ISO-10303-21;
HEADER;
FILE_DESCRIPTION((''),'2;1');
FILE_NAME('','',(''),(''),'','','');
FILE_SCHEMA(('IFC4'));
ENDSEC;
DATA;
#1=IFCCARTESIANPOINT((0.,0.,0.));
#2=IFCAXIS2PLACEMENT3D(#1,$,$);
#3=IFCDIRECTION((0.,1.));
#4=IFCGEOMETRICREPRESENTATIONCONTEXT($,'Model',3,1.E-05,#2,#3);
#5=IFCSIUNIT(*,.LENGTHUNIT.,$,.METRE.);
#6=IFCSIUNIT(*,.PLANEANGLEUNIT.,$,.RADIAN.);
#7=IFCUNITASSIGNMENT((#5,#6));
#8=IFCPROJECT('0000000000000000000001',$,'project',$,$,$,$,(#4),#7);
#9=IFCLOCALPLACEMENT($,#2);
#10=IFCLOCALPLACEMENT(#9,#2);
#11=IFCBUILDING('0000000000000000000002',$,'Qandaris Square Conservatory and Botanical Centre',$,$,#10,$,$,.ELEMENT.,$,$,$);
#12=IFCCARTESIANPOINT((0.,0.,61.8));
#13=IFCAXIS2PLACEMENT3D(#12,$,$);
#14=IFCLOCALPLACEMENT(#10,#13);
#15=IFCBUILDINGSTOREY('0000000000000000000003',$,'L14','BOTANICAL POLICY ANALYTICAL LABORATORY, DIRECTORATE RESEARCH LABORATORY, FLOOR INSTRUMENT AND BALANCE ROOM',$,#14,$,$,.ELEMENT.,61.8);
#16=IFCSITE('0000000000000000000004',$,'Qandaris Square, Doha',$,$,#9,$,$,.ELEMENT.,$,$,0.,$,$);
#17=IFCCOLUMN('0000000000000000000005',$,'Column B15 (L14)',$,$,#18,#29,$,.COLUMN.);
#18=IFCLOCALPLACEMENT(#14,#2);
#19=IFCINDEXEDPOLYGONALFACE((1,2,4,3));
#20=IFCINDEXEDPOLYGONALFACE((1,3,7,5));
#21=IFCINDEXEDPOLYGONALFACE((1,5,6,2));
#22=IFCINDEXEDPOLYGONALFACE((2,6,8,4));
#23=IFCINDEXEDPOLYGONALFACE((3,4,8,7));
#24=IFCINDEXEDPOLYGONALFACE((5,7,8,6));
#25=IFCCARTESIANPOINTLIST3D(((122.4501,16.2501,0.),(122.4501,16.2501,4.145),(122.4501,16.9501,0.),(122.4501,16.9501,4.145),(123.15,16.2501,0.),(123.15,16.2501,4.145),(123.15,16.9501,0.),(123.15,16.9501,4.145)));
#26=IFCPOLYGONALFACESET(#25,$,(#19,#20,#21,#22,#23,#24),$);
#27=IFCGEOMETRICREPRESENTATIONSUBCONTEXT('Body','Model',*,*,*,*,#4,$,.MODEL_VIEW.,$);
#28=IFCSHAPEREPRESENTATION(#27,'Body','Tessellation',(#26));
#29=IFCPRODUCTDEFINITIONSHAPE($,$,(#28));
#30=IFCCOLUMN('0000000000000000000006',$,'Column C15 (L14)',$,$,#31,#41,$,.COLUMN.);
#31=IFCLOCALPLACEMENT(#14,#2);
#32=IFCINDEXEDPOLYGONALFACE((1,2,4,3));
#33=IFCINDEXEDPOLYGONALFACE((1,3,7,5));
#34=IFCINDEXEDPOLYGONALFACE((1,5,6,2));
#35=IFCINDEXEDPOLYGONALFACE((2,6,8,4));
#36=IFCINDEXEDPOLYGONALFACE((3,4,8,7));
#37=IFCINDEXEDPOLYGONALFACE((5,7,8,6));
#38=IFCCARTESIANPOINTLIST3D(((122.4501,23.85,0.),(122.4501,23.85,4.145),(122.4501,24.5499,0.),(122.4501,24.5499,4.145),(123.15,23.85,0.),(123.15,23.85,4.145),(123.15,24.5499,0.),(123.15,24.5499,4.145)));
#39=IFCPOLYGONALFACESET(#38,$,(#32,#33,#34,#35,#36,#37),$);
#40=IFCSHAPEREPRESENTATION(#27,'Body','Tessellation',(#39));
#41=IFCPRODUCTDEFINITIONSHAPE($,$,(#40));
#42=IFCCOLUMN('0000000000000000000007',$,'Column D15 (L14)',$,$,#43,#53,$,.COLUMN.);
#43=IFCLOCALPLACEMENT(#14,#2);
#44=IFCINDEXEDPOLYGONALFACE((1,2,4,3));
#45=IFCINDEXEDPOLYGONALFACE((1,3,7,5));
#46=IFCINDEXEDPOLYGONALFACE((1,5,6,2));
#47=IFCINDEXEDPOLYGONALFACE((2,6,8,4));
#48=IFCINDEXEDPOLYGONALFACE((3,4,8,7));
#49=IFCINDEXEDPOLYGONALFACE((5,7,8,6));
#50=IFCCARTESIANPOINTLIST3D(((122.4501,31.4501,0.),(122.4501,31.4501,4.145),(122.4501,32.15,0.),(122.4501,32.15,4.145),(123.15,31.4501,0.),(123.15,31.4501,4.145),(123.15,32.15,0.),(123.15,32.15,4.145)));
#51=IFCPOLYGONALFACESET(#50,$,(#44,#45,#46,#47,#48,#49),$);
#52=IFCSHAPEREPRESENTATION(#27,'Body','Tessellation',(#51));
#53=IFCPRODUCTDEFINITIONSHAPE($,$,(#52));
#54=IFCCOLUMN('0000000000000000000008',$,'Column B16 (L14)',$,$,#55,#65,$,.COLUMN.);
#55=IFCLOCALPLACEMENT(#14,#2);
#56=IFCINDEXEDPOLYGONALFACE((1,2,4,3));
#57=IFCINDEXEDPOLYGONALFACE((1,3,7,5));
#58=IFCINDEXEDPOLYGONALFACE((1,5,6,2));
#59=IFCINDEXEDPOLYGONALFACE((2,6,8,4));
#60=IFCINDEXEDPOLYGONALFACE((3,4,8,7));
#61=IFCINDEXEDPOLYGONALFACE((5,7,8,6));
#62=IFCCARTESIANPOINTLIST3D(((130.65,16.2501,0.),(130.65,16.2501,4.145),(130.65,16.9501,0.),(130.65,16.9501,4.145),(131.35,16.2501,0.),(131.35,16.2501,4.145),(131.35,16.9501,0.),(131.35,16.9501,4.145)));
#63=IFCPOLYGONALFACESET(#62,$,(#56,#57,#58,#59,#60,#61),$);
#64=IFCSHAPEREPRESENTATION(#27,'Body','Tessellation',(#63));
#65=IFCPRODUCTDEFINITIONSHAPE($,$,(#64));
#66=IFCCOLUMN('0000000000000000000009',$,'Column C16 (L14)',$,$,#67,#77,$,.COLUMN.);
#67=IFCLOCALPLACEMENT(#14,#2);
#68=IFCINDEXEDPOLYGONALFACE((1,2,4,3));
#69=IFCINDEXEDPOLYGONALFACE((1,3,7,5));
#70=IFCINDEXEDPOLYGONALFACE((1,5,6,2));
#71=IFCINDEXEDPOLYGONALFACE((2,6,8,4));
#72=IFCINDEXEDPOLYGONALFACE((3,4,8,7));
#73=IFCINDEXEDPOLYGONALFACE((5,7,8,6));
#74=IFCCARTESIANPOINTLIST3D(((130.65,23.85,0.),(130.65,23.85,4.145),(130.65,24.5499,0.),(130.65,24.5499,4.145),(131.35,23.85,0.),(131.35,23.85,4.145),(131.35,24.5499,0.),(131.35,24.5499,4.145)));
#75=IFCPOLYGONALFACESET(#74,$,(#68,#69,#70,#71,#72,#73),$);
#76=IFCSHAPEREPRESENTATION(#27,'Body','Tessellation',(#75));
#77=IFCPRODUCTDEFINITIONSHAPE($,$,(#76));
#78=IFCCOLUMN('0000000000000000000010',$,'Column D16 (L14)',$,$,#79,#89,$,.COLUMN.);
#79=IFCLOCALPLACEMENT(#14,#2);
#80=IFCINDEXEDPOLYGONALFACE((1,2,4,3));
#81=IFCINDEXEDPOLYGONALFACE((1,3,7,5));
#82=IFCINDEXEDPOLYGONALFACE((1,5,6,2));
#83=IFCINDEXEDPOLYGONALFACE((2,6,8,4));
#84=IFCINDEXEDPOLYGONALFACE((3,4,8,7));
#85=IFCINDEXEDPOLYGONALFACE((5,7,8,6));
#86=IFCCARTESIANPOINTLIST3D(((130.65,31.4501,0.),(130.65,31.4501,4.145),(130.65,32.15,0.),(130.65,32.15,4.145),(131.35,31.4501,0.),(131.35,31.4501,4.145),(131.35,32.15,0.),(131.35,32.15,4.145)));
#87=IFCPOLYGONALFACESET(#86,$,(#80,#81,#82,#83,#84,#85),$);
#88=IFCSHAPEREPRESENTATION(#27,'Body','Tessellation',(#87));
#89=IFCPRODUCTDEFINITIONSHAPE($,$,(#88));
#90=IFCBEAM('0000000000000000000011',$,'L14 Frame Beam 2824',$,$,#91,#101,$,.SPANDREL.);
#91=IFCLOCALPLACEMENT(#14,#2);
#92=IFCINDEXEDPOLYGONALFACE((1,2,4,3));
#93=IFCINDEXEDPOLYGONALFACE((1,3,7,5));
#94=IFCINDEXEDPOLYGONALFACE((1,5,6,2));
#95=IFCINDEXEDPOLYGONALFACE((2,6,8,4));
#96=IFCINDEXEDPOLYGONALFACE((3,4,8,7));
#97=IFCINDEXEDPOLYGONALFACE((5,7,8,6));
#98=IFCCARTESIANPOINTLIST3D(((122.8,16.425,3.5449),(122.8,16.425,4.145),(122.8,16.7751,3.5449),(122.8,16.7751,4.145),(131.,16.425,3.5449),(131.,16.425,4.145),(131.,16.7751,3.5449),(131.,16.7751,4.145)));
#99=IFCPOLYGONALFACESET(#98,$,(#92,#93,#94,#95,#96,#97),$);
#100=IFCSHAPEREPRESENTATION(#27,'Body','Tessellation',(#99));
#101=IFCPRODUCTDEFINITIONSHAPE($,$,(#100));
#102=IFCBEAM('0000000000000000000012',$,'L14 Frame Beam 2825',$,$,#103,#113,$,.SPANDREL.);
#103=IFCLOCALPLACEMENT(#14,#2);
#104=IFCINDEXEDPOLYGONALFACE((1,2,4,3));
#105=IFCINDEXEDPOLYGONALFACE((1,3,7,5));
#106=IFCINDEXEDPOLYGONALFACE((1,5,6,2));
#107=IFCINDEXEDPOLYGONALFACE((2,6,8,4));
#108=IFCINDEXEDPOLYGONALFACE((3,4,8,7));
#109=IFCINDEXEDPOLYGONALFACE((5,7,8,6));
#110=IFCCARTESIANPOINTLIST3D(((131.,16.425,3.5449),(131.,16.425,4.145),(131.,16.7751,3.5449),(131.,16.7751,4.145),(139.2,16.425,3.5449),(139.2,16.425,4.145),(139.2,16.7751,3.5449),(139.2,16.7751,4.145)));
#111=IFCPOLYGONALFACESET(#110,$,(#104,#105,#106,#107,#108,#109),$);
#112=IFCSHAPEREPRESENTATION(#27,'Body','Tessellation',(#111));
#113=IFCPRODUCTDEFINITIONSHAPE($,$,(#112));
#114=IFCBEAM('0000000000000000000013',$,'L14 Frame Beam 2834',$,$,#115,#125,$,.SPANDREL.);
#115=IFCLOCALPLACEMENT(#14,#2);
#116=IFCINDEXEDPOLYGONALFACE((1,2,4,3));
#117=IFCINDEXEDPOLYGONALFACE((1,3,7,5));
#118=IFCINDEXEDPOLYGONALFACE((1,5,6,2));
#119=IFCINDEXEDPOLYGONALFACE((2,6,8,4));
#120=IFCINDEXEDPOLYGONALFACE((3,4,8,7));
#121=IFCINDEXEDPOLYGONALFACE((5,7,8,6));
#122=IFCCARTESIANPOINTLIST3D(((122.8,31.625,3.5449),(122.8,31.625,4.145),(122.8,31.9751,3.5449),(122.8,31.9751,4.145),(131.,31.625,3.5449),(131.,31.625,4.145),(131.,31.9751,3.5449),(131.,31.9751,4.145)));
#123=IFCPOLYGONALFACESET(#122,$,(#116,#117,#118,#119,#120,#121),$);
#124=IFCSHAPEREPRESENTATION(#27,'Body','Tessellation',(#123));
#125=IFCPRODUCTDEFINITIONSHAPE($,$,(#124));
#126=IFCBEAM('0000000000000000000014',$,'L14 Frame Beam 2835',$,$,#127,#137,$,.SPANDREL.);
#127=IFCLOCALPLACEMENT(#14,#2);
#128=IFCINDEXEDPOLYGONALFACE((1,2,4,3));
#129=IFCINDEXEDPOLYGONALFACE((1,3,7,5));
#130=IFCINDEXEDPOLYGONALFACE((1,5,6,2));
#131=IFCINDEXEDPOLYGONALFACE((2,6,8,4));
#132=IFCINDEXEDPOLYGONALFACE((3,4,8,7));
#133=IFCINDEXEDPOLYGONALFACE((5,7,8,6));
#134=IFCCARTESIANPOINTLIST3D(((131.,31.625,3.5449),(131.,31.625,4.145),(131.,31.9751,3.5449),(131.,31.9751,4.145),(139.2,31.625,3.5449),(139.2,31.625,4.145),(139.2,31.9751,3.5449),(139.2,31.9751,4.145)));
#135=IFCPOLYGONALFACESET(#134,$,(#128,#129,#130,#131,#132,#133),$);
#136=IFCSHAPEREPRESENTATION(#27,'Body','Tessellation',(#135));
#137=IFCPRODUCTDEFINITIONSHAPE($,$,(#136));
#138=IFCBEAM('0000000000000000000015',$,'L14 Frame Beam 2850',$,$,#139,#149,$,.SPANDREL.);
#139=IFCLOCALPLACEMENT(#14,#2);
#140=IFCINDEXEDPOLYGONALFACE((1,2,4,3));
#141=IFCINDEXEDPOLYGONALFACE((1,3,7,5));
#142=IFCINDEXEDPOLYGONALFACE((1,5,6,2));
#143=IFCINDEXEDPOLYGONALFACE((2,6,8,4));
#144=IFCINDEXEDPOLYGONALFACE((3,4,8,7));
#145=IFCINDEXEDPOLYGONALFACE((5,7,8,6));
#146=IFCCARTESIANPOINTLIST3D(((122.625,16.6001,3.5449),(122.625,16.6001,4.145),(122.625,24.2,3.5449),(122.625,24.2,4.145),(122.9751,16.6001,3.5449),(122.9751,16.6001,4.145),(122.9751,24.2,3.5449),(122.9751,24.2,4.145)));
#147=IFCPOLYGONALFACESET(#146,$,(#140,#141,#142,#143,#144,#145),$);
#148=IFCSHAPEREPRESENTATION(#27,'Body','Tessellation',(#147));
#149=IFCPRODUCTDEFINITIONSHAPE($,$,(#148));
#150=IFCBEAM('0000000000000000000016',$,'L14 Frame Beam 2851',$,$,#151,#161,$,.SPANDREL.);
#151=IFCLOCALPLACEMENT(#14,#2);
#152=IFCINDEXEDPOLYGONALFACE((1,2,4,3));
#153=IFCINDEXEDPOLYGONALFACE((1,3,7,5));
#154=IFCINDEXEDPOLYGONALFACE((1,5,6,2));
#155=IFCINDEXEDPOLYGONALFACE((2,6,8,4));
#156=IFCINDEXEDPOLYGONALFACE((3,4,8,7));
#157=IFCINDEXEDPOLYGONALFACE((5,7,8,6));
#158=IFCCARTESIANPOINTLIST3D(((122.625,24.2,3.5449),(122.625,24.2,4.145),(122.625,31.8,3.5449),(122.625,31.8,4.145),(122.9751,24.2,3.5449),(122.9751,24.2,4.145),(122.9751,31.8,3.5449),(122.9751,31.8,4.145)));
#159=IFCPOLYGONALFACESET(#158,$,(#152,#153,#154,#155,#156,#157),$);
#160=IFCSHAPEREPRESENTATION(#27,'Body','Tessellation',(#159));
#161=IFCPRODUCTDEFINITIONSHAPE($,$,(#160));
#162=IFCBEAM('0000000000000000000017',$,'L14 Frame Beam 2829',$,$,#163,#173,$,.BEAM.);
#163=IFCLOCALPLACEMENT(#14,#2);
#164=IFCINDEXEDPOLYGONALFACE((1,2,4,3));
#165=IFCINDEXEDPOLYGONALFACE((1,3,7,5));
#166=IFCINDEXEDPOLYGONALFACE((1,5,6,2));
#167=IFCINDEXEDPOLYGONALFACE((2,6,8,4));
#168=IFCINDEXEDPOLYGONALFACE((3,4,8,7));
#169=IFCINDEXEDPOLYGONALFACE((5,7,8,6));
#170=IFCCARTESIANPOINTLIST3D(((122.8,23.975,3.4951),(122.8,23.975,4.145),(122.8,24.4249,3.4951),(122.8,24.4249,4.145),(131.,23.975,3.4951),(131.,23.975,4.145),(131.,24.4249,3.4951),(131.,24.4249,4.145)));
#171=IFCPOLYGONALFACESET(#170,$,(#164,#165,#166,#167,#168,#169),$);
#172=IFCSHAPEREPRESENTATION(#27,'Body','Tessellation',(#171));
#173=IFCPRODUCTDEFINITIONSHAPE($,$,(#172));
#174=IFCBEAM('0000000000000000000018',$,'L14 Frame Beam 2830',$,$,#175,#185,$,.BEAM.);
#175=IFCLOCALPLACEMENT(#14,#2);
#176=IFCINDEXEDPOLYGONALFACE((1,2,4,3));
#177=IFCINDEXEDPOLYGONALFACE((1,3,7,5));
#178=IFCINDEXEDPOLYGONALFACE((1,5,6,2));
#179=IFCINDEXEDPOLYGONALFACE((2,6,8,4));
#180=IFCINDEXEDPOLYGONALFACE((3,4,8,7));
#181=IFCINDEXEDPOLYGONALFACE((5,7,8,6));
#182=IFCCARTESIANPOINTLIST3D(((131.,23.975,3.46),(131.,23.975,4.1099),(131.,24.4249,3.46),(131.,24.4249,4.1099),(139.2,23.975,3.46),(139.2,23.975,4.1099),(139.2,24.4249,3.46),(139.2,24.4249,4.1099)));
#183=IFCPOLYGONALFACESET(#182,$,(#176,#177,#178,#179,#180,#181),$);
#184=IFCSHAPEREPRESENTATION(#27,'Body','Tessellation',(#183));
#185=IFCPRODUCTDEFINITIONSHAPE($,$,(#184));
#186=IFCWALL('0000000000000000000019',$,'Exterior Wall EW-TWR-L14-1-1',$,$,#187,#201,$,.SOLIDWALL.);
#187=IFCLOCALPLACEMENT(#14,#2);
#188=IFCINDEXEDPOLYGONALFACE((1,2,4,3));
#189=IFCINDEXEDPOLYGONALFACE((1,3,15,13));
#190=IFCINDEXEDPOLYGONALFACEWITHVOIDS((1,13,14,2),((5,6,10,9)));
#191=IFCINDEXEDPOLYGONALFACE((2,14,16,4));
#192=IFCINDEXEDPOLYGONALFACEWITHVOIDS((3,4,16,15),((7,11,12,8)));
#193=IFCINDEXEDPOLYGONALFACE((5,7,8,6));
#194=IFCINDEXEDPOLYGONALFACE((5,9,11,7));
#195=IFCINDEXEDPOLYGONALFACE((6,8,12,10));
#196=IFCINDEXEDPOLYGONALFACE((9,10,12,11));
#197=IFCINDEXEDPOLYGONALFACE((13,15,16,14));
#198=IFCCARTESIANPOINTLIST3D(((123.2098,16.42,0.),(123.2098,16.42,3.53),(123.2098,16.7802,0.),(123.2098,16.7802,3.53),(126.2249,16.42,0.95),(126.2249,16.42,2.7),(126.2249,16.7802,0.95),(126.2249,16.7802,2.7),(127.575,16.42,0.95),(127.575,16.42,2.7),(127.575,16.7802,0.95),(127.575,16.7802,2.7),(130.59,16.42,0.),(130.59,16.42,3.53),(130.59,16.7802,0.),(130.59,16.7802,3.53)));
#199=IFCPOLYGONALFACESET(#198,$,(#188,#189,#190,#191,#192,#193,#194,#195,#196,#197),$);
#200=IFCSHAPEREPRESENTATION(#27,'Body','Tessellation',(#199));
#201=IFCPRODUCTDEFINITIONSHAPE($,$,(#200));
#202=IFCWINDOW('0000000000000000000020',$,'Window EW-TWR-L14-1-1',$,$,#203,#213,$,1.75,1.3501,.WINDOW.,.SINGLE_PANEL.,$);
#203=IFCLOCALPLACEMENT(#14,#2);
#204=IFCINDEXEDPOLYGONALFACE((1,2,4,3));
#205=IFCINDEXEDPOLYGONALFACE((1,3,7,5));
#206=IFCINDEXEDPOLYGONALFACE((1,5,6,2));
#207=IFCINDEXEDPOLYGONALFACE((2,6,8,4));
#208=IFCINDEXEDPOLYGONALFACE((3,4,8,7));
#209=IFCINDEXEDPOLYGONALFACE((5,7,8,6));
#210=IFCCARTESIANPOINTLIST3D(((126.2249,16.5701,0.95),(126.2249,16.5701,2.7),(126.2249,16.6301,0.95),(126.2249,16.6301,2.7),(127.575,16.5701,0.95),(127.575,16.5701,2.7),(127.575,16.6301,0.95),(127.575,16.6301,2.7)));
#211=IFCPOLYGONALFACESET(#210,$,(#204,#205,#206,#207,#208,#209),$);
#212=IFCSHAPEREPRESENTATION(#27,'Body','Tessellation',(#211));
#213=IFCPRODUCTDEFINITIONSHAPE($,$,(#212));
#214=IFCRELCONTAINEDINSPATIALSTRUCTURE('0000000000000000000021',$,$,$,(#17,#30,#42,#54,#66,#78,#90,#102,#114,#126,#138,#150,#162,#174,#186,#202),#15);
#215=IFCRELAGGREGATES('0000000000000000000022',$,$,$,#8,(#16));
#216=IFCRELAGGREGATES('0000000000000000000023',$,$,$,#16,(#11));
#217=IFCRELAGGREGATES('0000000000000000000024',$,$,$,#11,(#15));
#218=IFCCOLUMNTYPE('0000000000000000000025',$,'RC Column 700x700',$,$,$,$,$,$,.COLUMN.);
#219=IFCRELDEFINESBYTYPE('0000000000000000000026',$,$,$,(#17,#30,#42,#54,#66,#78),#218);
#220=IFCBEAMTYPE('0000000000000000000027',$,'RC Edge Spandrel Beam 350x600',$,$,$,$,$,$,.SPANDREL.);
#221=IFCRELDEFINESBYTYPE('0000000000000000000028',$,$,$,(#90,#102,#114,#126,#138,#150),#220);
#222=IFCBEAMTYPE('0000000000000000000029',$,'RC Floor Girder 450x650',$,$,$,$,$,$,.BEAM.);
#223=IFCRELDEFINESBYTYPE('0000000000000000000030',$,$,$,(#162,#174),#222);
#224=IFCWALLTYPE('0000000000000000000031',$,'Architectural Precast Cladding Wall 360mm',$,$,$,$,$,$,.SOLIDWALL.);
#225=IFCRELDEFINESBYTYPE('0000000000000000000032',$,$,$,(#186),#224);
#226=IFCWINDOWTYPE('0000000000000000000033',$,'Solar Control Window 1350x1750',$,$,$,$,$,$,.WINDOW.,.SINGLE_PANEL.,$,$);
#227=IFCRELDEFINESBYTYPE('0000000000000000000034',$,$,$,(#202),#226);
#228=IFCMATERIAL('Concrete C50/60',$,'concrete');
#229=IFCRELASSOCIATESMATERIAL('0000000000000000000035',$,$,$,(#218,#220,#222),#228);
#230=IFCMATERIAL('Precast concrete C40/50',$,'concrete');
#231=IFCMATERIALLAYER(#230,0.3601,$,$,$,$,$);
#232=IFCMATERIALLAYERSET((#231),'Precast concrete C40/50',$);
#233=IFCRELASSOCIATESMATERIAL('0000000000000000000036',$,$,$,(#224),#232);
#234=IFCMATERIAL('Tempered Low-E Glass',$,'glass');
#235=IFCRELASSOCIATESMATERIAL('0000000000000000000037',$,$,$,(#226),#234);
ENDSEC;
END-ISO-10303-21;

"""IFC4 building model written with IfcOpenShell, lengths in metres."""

from ifc_helpers import new_model, si_unit, direction, frame, frame_2d, origin, origin_2d, place, context, subcontext, project, spatial, rectangle, extrude, material, layer, layer_set, material_profile, profile_set, type_object, element, fill, save


model = new_model("IFC4")

# Units and contexts
model_context = context("Model", 3, precision=1e-05, world=origin(), true_north=direction((0.0, 1.0)))
body_context = subcontext(model_context, "Body", "Model", "MODEL_VIEW")
ifc_project = project(units=[si_unit("LENGTHUNIT", "METRE"), si_unit("PLANEANGLEUNIT", "RADIAN")], contexts=[model_context])

# Site, building, storey
site_placement = place(None, origin())
site = spatial("IfcSite", under=ifc_project, at=site_placement, Name="Qandaris Square, Doha", CompositionType="ELEMENT", RefElevation=0.0)
building_placement = place(site_placement, origin())
building = spatial("IfcBuilding", under=site, at=building_placement, Name="Qandaris Square Conservatory and Botanical Centre", CompositionType="ELEMENT")
storey_placement = place(building_placement, frame((0.0, 0.0, 61.8)))
storey = spatial("IfcBuildingStorey", under=building, at=storey_placement, Name="L14", Description="BOTANICAL POLICY ANALYTICAL LABORATORY, DIRECTORATE RESEARCH LABORATORY, FLOOR INSTRUMENT AND BALANCE ROOM", CompositionType="ELEMENT", Elevation=61.8)

# Columns
ifc_material_1 = material(Name="Concrete C50/60", Category="concrete")
ifc_material_profile_1 = material_profile(ifc_material_1, rectangle(XDim=0.7, YDim=0.7, at=origin_2d()), Name="RC-COL 700x700")
ifc_profile_set_1 = profile_set([ifc_material_profile_1], Name="Concrete C50/60")
column_type = type_object("IfcColumnType", Name="RC Column 700x700", PredefinedType="COLUMN", material=ifc_profile_set_1)
for number, where, z_axis, x_axis, name in (
    (1, (122.8, 16.6001, 0.0), (0.0, 0.0, 1.0), (1.0, 0.0, 0.0), "Column B15 (L14)"),
    (2, (122.8, 24.2, 0.0), (0.0, 0.0, 1.0), (1.0, 0.0, 0.0), "Column C15 (L14)"),
    (3, (122.8, 31.8, 0.0), (0.0, 0.0, 1.0), (1.0, 0.0, 0.0), "Column D15 (L14)"),
    (4, (131.0, 16.6001, 0.0), (0.0, 0.0, 1.0), (1.0, 0.0, 0.0), "Column B16 (L14)"),
    (5, (131.0, 24.2, 0.0), (0.0, 0.0, 1.0), (1.0, 0.0, 0.0), "Column C16 (L14)"),
    (6, (131.0, 31.8, 0.0), (0.0, 0.0, 1.0), (1.0, 0.0, 0.0), "Column D16 (L14)"),
):
    element("IfcColumn", number, at=place(storey_placement, frame(where, z_axis=z_axis, x_axis=x_axis)), inside=storey, type_object=column_type, Name=name, PredefinedType="COLUMN", context=body_context, shape_type="SweptSolid", body=[
        extrude(rectangle(XDim=0.7, YDim=0.7, at=origin_2d()), origin(), (0.0, 0.0, 1.0), 4.145),
    ])

# Beams
ifc_material_profile_2 = material_profile(ifc_material_1, rectangle(XDim=0.3501, YDim=0.6001, at=origin_2d()), Name="RC-SP 350x600")
ifc_profile_set_2 = profile_set([ifc_material_profile_2], Name="Concrete C50/60")
beam_type_1 = type_object("IfcBeamType", Name="RC Edge Spandrel Beam 350x600", PredefinedType="SPANDREL", material=ifc_profile_set_2)
for number, where, z_axis, x_axis, name in (
    (7, (122.8, 16.6001, 3.845), (1.0, 0.0, 0.0), (0.0, 1.0, 0.0), "L14 Frame Beam 2824"),
    (8, (131.0, 16.6001, 3.845), (1.0, 0.0, 0.0), (0.0, 1.0, 0.0), "L14 Frame Beam 2825"),
    (9, (122.8, 31.8, 3.845), (1.0, 0.0, 0.0), (0.0, 1.0, 0.0), "L14 Frame Beam 2834"),
    (10, (131.0, 31.8, 3.845), (1.0, 0.0, 0.0), (0.0, 1.0, 0.0), "L14 Frame Beam 2835"),
):
    element("IfcBeam", number, at=place(storey_placement, frame(where, z_axis=z_axis, x_axis=x_axis)), inside=storey, type_object=beam_type_1, Name=name, PredefinedType="SPANDREL", context=body_context, shape_type="SweptSolid", body=[
        extrude(rectangle(XDim=0.3501, YDim=0.6001, at=origin_2d()), origin(), (0.0, 0.0, 1.0), 8.2),
    ])
beam_1_placement = place(storey_placement, frame((122.8, 16.6001, 3.845), z_axis=(0.0, 1.0, 0.0), x_axis=(-1.0, 0.0, 0.0)))
element("IfcBeam", 11, at=beam_1_placement, inside=storey, type_object=beam_type_1, Name="L14 Frame Beam 2850", PredefinedType="SPANDREL", context=body_context, shape_type="SweptSolid", body=[
    extrude(rectangle(XDim=0.3501, YDim=0.6001, at=origin_2d()), origin(), (0.0, 0.0, 1.0), 7.5999),
])
beam_2_placement = place(storey_placement, frame((122.8, 24.2, 3.845), z_axis=(0.0, 1.0, 0.0), x_axis=(-1.0, 0.0, 0.0)))
element("IfcBeam", 12, at=beam_2_placement, inside=storey, type_object=beam_type_1, Name="L14 Frame Beam 2851", PredefinedType="SPANDREL", context=body_context, shape_type="SweptSolid", body=[
    extrude(rectangle(XDim=0.3501, YDim=0.6001, at=origin_2d()), origin(), (0.0, 0.0, 1.0), 7.6001),
])
ifc_material_profile_3 = material_profile(ifc_material_1, rectangle(XDim=0.45, YDim=0.6499, at=origin_2d()), Name="RC-BM 450x650")
ifc_profile_set_3 = profile_set([ifc_material_profile_3], Name="Concrete C50/60")
beam_type_2 = type_object("IfcBeamType", Name="RC Floor Girder 450x650", PredefinedType="BEAM", material=ifc_profile_set_3)
for number, where, z_axis, x_axis, name in (
    (13, (122.8, 24.2, 3.8201), (1.0, 0.0, 0.0), (0.0, 1.0, 0.0), "L14 Frame Beam 2829"),
    (14, (131.0, 24.2, 3.7849), (1.0, 0.0, 0.0), (0.0, 1.0, 0.0), "L14 Frame Beam 2830"),
):
    element("IfcBeam", number, at=place(storey_placement, frame(where, z_axis=z_axis, x_axis=x_axis)), inside=storey, type_object=beam_type_2, Name=name, PredefinedType="BEAM", context=body_context, shape_type="SweptSolid", body=[
        extrude(rectangle(XDim=0.45, YDim=0.6499, at=origin_2d()), origin(), (0.0, 0.0, 1.0), 8.2),
    ])

# Wall, opening, window
ifc_material_2 = material(Name="Precast concrete C40/50", Category="concrete")
ifc_layer_1 = layer(ifc_material_2, 0.3601)
ifc_layer_set_1 = layer_set([ifc_layer_1], Name="Precast concrete C40/50")
wall_type_1 = type_object("IfcWallType", Name="Architectural Precast Cladding Wall 360mm", PredefinedType="SOLIDWALL", material=ifc_layer_set_1)
wall_1_placement = place(storey_placement, frame((123.21, 16.6001, 0.0), z_axis=(0.0, 0.0, 1.0), x_axis=(1.0, 0.0, 0.0)))
wall_1 = element("IfcWall", 15, at=wall_1_placement, inside=storey, type_object=wall_type_1, Name="Exterior Wall EW-TWR-L14-1-1", PredefinedType="SOLIDWALL", context=body_context, shape_type="SweptSolid", body=[
    extrude(rectangle(XDim=7.3801, YDim=0.3601, at=frame_2d((3.6899, 0.0))), origin(), (0.0, 0.0, 1.0), 3.53),
])
opening_1_placement = place(wall_1_placement, frame((3.0149, 0.0, 0.95)))
opening_1 = element("IfcOpeningElement", 16, at=opening_1_placement, cuts=wall_1, PredefinedType="OPENING", context=body_context, shape_type="SweptSolid", body=[
    extrude(rectangle(XDim=1.3501, YDim=1.75, at=frame_2d((0.675, 0.875))), frame((0.0, 0.1919, 0.0), z_axis=(0.0, -1.0, 0.0), x_axis=(1.0, 0.0, 0.0)), (0.0, 0.0, 1.0), 0.384),
])
ifc_material_3 = material(Name="Tempered Low-E Glass", Category="glass")
window_type_1 = type_object("IfcWindowType", Name="Solar Control Window 1350x1750", PartitioningType="SINGLE_PANEL", PredefinedType="WINDOW", material=ifc_material_3)
window_1_placement = place(opening_1_placement, origin())
window_1 = element("IfcWindow", 17, at=window_1_placement, inside=storey, type_object=window_type_1, Name="Window EW-TWR-L14-1-1", OverallHeight=1.75, OverallWidth=1.3501, PartitioningType="SINGLE_PANEL", PredefinedType="WINDOW", context=body_context, shape_type="SweptSolid", body=[
    extrude(rectangle(XDim=1.3501, YDim=1.75, at=frame_2d((0.675, 0.875))), frame((0.0, 0.03, 0.0), z_axis=(0.0, -1.0, 0.0), x_axis=(1.0, 0.0, 0.0)), (0.0, 0.0, 1.0), 0.0601),
])
fill(opening_1, window_1)

save(model, "model.ifc")
